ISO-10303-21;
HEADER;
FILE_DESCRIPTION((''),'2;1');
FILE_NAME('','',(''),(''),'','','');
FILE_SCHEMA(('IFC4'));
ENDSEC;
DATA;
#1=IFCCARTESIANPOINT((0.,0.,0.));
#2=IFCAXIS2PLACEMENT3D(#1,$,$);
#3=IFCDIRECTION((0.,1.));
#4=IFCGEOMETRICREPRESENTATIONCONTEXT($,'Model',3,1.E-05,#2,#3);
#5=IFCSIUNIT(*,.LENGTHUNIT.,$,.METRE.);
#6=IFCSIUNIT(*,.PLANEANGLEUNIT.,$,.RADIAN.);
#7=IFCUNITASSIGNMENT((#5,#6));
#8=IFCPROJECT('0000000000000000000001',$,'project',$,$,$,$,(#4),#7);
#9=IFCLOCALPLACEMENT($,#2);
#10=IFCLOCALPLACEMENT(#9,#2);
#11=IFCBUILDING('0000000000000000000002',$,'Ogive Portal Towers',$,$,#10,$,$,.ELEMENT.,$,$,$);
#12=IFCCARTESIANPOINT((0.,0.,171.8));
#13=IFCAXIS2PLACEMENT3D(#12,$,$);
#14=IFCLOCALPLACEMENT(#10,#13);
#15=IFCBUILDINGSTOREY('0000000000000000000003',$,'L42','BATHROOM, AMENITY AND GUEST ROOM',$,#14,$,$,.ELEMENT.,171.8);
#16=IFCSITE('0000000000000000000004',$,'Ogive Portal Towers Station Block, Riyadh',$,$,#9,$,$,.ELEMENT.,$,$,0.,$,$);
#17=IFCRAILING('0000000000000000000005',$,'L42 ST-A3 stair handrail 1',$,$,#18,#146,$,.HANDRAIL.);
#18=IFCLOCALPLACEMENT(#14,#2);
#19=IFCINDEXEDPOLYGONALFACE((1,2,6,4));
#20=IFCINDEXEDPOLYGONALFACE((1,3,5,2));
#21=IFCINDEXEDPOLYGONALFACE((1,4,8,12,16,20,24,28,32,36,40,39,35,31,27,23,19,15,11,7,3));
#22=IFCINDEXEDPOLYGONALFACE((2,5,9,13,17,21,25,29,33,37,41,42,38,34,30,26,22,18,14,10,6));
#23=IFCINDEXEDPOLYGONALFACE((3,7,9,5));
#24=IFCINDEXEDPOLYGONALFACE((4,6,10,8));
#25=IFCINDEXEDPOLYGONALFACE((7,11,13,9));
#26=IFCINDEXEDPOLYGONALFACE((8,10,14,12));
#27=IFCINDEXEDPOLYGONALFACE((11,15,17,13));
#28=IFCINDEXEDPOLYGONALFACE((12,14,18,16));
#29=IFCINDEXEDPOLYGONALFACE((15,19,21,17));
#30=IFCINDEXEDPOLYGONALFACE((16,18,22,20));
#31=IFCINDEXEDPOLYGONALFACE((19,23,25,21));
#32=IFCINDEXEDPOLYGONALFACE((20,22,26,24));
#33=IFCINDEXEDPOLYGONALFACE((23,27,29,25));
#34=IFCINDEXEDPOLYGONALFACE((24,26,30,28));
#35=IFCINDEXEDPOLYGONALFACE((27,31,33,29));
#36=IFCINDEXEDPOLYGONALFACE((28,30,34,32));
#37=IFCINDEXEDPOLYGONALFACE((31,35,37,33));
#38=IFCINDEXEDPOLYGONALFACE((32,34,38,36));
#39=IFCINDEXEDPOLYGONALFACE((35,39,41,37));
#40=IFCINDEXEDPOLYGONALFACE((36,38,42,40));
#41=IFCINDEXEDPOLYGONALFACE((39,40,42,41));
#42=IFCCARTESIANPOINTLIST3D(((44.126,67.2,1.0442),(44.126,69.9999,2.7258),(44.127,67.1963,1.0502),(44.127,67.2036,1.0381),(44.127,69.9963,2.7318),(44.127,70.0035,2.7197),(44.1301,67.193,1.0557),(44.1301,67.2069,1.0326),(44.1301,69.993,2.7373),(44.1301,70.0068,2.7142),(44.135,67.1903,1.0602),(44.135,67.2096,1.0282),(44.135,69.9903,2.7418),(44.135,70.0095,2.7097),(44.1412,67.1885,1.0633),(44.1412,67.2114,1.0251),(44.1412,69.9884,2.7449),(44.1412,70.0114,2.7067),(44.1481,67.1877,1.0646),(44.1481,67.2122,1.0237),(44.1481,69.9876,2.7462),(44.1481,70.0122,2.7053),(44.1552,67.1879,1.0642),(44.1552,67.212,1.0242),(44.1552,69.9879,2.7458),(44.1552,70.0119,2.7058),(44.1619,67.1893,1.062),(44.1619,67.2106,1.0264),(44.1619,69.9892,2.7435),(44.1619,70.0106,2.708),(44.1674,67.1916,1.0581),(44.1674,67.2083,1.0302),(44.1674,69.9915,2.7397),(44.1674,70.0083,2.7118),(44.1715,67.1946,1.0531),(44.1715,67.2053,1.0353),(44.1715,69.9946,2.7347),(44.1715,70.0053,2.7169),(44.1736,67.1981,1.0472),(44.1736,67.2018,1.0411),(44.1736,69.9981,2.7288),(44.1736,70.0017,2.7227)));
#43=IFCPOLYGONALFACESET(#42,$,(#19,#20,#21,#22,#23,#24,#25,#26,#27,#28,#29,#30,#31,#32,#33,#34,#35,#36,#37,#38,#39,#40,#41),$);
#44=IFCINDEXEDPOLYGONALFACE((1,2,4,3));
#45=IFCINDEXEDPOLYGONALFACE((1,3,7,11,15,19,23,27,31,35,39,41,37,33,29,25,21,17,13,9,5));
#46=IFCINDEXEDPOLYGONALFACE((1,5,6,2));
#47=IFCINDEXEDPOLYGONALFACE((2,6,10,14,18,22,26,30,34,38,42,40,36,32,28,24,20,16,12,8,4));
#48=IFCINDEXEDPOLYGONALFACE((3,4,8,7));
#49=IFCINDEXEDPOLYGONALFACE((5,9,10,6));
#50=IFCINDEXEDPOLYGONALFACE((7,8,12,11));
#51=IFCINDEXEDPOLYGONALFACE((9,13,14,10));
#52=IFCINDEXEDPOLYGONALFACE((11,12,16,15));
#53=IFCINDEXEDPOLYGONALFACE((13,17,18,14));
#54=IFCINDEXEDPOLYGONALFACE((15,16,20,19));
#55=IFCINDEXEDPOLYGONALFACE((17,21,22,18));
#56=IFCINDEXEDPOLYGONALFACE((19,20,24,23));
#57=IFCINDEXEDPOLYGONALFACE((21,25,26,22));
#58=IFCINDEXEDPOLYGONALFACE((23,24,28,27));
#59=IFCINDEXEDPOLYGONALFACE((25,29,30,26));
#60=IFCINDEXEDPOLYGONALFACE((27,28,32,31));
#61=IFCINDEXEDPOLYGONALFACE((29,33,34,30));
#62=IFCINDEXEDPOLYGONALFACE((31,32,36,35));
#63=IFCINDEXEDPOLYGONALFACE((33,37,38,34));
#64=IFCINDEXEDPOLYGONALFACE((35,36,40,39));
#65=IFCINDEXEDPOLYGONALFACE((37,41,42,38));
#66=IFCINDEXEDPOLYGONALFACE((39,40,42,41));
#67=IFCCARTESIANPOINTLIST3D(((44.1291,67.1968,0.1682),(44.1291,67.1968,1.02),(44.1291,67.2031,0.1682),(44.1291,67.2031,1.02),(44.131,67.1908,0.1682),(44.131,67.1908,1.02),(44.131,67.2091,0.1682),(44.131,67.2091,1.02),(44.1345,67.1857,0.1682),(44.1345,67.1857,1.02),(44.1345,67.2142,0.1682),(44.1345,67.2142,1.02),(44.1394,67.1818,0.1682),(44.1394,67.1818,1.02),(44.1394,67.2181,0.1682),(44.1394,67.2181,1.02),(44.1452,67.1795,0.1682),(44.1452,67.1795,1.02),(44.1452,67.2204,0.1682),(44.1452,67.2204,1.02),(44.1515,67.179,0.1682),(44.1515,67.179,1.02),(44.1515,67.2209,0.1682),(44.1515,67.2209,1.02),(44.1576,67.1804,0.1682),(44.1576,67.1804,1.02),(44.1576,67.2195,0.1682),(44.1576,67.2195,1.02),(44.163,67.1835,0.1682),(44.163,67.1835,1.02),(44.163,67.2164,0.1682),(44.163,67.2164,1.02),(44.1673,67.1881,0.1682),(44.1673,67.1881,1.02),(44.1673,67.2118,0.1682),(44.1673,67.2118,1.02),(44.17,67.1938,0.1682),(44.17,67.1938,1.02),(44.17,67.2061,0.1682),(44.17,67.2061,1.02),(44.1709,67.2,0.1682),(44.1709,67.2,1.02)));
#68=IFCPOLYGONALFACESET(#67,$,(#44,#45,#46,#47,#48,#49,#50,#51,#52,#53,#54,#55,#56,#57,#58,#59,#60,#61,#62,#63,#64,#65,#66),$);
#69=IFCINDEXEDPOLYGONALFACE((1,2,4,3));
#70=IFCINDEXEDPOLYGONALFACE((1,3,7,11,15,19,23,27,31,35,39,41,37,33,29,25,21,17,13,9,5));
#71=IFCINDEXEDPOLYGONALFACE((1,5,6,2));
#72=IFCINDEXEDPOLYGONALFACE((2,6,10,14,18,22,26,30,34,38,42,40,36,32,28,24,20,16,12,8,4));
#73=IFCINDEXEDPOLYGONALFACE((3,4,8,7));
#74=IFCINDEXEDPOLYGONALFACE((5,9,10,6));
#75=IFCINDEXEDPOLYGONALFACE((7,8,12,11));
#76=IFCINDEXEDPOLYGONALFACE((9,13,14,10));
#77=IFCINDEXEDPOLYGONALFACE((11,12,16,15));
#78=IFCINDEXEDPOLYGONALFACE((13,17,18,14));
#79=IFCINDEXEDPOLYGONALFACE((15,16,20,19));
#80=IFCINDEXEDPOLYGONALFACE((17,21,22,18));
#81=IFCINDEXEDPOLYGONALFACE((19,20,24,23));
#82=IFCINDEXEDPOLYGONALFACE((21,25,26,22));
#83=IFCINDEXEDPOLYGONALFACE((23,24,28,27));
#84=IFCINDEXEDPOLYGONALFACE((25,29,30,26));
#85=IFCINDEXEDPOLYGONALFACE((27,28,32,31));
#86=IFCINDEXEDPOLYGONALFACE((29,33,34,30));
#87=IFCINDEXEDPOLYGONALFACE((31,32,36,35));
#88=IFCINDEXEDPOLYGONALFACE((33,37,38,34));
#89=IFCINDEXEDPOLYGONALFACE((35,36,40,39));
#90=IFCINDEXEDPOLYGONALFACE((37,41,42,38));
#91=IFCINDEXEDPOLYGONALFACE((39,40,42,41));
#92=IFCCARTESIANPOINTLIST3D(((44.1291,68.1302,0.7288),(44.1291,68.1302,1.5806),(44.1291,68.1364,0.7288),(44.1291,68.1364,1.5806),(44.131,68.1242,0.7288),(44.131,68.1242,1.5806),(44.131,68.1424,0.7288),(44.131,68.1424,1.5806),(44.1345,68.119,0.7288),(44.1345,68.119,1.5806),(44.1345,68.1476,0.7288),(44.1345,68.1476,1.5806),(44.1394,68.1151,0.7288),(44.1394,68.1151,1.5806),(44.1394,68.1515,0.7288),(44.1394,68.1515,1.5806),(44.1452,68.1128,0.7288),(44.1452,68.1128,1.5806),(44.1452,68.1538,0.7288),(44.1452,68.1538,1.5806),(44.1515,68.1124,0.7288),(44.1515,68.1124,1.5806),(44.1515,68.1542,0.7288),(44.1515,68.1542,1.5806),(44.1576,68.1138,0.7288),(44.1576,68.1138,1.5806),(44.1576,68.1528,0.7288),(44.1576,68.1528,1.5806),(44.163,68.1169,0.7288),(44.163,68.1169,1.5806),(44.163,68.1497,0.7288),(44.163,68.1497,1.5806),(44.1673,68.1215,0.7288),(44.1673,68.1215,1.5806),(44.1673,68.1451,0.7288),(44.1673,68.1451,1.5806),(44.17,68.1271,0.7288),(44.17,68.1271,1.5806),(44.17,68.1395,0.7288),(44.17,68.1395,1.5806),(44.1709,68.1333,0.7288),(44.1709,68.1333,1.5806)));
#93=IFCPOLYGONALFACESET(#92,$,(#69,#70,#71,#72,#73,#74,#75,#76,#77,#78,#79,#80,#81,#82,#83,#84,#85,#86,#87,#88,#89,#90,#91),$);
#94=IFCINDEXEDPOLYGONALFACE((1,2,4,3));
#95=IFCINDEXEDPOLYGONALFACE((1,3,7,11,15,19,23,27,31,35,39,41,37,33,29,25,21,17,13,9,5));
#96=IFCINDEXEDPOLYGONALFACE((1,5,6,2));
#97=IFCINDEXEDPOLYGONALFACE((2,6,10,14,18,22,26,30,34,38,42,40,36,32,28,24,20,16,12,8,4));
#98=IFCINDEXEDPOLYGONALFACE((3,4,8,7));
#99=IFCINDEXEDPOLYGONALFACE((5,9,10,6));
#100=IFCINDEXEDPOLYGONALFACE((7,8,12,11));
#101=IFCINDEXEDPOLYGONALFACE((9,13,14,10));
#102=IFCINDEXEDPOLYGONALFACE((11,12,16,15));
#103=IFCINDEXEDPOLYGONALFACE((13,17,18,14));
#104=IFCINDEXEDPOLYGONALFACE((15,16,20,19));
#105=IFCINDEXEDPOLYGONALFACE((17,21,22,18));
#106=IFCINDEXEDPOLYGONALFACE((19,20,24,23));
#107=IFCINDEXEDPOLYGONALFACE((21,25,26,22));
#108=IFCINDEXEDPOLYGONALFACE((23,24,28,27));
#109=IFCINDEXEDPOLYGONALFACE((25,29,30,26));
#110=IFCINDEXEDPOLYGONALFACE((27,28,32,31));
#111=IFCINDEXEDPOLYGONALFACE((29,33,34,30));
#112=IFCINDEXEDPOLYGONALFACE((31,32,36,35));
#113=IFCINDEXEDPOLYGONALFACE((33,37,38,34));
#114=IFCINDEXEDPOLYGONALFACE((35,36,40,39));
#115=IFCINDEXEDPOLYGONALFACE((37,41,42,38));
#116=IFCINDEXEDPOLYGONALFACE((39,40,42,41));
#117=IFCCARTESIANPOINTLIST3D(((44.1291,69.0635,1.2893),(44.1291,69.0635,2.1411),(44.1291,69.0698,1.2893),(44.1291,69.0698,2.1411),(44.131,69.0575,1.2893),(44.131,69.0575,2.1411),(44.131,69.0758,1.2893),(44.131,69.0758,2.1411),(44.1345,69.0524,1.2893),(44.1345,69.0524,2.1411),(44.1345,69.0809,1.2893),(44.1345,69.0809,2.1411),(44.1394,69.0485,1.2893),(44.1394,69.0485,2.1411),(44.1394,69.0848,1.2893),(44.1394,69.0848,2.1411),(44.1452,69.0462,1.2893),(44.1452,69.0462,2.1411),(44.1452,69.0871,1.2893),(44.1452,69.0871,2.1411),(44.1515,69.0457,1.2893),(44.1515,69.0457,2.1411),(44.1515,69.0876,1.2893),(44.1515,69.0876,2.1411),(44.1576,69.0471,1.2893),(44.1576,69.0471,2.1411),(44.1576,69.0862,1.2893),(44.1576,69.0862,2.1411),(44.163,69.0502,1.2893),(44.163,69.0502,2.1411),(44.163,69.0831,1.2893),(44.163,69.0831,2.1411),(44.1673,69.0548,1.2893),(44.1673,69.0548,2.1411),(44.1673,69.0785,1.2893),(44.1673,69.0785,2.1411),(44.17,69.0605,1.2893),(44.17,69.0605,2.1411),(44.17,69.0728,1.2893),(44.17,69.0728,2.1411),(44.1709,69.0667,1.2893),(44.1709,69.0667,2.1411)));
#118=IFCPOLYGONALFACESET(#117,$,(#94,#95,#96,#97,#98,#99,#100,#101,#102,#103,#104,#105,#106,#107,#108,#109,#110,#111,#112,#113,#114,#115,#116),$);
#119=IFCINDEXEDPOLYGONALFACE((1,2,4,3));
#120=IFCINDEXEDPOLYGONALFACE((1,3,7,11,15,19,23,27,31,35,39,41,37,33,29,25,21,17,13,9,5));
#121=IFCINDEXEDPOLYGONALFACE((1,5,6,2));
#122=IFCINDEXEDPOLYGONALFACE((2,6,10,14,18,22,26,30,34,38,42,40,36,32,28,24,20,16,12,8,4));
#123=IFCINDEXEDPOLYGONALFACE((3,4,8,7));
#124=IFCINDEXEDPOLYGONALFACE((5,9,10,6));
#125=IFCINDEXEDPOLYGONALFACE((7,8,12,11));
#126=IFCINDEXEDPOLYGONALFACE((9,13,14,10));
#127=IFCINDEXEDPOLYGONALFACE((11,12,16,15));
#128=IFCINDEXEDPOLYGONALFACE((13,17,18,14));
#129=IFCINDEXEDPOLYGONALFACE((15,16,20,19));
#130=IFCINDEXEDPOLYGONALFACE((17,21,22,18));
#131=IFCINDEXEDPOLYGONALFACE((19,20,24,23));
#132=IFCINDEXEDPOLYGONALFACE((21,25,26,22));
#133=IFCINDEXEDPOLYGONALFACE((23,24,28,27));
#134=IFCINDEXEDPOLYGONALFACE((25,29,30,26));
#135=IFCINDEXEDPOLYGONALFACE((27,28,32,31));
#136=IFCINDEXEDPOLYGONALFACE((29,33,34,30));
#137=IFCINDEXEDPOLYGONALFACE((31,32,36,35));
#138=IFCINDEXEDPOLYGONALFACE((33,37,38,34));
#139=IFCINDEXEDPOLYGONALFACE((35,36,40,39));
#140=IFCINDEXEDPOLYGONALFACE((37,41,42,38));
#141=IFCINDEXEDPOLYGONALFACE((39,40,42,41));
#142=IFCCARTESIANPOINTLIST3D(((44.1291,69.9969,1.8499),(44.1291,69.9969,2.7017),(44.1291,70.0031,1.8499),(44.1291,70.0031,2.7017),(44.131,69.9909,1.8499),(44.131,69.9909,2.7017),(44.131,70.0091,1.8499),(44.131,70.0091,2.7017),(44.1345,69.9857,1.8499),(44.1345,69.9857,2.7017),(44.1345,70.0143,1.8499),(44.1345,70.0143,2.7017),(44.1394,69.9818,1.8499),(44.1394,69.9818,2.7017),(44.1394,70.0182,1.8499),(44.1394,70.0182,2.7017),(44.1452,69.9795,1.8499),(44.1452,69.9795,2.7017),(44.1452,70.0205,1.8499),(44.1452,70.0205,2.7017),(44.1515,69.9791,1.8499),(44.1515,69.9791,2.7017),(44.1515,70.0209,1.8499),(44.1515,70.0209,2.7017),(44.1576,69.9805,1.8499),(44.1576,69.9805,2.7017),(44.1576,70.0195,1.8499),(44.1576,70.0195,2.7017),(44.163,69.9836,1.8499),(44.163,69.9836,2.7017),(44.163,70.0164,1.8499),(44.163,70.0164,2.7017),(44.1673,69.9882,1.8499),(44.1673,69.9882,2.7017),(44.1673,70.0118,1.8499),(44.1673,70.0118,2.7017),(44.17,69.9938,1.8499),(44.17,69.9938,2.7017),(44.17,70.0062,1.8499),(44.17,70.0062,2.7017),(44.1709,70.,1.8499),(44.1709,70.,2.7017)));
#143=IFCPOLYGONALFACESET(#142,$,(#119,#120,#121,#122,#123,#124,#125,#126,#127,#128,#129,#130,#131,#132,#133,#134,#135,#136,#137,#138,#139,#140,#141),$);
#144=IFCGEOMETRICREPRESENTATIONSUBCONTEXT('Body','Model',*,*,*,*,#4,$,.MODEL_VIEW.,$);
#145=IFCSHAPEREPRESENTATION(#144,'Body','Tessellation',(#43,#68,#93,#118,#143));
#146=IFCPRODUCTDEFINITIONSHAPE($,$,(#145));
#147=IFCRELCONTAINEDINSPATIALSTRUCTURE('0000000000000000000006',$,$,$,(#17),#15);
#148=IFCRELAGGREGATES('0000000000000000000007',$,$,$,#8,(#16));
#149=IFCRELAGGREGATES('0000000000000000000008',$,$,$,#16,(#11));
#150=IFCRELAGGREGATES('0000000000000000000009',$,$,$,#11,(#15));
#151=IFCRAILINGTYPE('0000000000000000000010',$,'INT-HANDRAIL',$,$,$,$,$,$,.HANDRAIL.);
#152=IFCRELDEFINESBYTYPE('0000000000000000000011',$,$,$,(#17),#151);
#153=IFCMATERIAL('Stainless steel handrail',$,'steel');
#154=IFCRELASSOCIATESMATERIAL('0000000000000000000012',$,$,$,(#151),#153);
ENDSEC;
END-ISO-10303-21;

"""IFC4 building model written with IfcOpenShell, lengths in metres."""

from ifc_helpers import new_model, si_unit, direction, frame, origin, origin_2d, place, context, subcontext, project, spatial, circle, extrude, material, type_object, element, save


model = new_model("IFC4")

# Units and contexts
model_context = context("Model", 3, precision=1e-05, world=origin(), true_north=direction((0.0, 1.0)))
body_context = subcontext(model_context, "Body", "Model", "MODEL_VIEW")
ifc_project = project(units=[si_unit("LENGTHUNIT", "METRE"), si_unit("PLANEANGLEUNIT", "RADIAN")], contexts=[model_context])

# Site, building, storey
site_placement = place(None, origin())
site = spatial("IfcSite", under=ifc_project, at=site_placement, Name="Ogive Portal Towers Station Block, Riyadh", CompositionType="ELEMENT", RefElevation=0.0)
building_placement = place(site_placement, origin())
building = spatial("IfcBuilding", under=site, at=building_placement, Name="Ogive Portal Towers", CompositionType="ELEMENT")
storey_placement = place(building_placement, frame((0.0, 0.0, 171.8)))
storey = spatial("IfcBuildingStorey", under=building, at=storey_placement, Name="L42", Description="BATHROOM, AMENITY AND GUEST ROOM", CompositionType="ELEMENT", Elevation=171.8)

# Railing
ifc_material_1 = material(Name="Stainless steel handrail", Category="steel")
railing_type_1 = type_object("IfcRailingType", Name="INT-HANDRAIL", PredefinedType="HANDRAIL", material=ifc_material_1)
railing_1_placement = place(storey_placement, frame((44.1499, 67.2, 0.1682)))
element("IfcRailing", 1, at=railing_1_placement, inside=storey, type_object=railing_type_1, Name="L42 ST-A3 stair handrail 1", PredefinedType="HANDRAIL", context=body_context, shape_type="SweptSolid", body=[
    extrude(circle(Radius=0.0239, at=origin_2d()), frame((0.0, 0.0, 0.876), z_axis=(0.0, 0.857275, 0.514858), x_axis=(-1.0, 0.0, 0.0)), (0.0, 0.0, 1.0), 3.2661),
    extrude(circle(Radius=0.021, at=origin_2d()), origin(), (0.0, 0.0, 1.0), 0.8518),
    extrude(circle(Radius=0.021, at=origin_2d()), frame((0.0, 0.9333, 0.5605)), (0.0, 0.0, 1.0), 0.8518),
    extrude(circle(Radius=0.021, at=origin_2d()), frame((0.0, 1.8667, 1.1211)), (0.0, 0.0, 1.0), 0.8518),
    extrude(circle(Radius=0.021, at=origin_2d()), frame((0.0, 2.8, 1.6816)), (0.0, 0.0, 1.0), 0.8518),
])

save(model, "model.ifc")
